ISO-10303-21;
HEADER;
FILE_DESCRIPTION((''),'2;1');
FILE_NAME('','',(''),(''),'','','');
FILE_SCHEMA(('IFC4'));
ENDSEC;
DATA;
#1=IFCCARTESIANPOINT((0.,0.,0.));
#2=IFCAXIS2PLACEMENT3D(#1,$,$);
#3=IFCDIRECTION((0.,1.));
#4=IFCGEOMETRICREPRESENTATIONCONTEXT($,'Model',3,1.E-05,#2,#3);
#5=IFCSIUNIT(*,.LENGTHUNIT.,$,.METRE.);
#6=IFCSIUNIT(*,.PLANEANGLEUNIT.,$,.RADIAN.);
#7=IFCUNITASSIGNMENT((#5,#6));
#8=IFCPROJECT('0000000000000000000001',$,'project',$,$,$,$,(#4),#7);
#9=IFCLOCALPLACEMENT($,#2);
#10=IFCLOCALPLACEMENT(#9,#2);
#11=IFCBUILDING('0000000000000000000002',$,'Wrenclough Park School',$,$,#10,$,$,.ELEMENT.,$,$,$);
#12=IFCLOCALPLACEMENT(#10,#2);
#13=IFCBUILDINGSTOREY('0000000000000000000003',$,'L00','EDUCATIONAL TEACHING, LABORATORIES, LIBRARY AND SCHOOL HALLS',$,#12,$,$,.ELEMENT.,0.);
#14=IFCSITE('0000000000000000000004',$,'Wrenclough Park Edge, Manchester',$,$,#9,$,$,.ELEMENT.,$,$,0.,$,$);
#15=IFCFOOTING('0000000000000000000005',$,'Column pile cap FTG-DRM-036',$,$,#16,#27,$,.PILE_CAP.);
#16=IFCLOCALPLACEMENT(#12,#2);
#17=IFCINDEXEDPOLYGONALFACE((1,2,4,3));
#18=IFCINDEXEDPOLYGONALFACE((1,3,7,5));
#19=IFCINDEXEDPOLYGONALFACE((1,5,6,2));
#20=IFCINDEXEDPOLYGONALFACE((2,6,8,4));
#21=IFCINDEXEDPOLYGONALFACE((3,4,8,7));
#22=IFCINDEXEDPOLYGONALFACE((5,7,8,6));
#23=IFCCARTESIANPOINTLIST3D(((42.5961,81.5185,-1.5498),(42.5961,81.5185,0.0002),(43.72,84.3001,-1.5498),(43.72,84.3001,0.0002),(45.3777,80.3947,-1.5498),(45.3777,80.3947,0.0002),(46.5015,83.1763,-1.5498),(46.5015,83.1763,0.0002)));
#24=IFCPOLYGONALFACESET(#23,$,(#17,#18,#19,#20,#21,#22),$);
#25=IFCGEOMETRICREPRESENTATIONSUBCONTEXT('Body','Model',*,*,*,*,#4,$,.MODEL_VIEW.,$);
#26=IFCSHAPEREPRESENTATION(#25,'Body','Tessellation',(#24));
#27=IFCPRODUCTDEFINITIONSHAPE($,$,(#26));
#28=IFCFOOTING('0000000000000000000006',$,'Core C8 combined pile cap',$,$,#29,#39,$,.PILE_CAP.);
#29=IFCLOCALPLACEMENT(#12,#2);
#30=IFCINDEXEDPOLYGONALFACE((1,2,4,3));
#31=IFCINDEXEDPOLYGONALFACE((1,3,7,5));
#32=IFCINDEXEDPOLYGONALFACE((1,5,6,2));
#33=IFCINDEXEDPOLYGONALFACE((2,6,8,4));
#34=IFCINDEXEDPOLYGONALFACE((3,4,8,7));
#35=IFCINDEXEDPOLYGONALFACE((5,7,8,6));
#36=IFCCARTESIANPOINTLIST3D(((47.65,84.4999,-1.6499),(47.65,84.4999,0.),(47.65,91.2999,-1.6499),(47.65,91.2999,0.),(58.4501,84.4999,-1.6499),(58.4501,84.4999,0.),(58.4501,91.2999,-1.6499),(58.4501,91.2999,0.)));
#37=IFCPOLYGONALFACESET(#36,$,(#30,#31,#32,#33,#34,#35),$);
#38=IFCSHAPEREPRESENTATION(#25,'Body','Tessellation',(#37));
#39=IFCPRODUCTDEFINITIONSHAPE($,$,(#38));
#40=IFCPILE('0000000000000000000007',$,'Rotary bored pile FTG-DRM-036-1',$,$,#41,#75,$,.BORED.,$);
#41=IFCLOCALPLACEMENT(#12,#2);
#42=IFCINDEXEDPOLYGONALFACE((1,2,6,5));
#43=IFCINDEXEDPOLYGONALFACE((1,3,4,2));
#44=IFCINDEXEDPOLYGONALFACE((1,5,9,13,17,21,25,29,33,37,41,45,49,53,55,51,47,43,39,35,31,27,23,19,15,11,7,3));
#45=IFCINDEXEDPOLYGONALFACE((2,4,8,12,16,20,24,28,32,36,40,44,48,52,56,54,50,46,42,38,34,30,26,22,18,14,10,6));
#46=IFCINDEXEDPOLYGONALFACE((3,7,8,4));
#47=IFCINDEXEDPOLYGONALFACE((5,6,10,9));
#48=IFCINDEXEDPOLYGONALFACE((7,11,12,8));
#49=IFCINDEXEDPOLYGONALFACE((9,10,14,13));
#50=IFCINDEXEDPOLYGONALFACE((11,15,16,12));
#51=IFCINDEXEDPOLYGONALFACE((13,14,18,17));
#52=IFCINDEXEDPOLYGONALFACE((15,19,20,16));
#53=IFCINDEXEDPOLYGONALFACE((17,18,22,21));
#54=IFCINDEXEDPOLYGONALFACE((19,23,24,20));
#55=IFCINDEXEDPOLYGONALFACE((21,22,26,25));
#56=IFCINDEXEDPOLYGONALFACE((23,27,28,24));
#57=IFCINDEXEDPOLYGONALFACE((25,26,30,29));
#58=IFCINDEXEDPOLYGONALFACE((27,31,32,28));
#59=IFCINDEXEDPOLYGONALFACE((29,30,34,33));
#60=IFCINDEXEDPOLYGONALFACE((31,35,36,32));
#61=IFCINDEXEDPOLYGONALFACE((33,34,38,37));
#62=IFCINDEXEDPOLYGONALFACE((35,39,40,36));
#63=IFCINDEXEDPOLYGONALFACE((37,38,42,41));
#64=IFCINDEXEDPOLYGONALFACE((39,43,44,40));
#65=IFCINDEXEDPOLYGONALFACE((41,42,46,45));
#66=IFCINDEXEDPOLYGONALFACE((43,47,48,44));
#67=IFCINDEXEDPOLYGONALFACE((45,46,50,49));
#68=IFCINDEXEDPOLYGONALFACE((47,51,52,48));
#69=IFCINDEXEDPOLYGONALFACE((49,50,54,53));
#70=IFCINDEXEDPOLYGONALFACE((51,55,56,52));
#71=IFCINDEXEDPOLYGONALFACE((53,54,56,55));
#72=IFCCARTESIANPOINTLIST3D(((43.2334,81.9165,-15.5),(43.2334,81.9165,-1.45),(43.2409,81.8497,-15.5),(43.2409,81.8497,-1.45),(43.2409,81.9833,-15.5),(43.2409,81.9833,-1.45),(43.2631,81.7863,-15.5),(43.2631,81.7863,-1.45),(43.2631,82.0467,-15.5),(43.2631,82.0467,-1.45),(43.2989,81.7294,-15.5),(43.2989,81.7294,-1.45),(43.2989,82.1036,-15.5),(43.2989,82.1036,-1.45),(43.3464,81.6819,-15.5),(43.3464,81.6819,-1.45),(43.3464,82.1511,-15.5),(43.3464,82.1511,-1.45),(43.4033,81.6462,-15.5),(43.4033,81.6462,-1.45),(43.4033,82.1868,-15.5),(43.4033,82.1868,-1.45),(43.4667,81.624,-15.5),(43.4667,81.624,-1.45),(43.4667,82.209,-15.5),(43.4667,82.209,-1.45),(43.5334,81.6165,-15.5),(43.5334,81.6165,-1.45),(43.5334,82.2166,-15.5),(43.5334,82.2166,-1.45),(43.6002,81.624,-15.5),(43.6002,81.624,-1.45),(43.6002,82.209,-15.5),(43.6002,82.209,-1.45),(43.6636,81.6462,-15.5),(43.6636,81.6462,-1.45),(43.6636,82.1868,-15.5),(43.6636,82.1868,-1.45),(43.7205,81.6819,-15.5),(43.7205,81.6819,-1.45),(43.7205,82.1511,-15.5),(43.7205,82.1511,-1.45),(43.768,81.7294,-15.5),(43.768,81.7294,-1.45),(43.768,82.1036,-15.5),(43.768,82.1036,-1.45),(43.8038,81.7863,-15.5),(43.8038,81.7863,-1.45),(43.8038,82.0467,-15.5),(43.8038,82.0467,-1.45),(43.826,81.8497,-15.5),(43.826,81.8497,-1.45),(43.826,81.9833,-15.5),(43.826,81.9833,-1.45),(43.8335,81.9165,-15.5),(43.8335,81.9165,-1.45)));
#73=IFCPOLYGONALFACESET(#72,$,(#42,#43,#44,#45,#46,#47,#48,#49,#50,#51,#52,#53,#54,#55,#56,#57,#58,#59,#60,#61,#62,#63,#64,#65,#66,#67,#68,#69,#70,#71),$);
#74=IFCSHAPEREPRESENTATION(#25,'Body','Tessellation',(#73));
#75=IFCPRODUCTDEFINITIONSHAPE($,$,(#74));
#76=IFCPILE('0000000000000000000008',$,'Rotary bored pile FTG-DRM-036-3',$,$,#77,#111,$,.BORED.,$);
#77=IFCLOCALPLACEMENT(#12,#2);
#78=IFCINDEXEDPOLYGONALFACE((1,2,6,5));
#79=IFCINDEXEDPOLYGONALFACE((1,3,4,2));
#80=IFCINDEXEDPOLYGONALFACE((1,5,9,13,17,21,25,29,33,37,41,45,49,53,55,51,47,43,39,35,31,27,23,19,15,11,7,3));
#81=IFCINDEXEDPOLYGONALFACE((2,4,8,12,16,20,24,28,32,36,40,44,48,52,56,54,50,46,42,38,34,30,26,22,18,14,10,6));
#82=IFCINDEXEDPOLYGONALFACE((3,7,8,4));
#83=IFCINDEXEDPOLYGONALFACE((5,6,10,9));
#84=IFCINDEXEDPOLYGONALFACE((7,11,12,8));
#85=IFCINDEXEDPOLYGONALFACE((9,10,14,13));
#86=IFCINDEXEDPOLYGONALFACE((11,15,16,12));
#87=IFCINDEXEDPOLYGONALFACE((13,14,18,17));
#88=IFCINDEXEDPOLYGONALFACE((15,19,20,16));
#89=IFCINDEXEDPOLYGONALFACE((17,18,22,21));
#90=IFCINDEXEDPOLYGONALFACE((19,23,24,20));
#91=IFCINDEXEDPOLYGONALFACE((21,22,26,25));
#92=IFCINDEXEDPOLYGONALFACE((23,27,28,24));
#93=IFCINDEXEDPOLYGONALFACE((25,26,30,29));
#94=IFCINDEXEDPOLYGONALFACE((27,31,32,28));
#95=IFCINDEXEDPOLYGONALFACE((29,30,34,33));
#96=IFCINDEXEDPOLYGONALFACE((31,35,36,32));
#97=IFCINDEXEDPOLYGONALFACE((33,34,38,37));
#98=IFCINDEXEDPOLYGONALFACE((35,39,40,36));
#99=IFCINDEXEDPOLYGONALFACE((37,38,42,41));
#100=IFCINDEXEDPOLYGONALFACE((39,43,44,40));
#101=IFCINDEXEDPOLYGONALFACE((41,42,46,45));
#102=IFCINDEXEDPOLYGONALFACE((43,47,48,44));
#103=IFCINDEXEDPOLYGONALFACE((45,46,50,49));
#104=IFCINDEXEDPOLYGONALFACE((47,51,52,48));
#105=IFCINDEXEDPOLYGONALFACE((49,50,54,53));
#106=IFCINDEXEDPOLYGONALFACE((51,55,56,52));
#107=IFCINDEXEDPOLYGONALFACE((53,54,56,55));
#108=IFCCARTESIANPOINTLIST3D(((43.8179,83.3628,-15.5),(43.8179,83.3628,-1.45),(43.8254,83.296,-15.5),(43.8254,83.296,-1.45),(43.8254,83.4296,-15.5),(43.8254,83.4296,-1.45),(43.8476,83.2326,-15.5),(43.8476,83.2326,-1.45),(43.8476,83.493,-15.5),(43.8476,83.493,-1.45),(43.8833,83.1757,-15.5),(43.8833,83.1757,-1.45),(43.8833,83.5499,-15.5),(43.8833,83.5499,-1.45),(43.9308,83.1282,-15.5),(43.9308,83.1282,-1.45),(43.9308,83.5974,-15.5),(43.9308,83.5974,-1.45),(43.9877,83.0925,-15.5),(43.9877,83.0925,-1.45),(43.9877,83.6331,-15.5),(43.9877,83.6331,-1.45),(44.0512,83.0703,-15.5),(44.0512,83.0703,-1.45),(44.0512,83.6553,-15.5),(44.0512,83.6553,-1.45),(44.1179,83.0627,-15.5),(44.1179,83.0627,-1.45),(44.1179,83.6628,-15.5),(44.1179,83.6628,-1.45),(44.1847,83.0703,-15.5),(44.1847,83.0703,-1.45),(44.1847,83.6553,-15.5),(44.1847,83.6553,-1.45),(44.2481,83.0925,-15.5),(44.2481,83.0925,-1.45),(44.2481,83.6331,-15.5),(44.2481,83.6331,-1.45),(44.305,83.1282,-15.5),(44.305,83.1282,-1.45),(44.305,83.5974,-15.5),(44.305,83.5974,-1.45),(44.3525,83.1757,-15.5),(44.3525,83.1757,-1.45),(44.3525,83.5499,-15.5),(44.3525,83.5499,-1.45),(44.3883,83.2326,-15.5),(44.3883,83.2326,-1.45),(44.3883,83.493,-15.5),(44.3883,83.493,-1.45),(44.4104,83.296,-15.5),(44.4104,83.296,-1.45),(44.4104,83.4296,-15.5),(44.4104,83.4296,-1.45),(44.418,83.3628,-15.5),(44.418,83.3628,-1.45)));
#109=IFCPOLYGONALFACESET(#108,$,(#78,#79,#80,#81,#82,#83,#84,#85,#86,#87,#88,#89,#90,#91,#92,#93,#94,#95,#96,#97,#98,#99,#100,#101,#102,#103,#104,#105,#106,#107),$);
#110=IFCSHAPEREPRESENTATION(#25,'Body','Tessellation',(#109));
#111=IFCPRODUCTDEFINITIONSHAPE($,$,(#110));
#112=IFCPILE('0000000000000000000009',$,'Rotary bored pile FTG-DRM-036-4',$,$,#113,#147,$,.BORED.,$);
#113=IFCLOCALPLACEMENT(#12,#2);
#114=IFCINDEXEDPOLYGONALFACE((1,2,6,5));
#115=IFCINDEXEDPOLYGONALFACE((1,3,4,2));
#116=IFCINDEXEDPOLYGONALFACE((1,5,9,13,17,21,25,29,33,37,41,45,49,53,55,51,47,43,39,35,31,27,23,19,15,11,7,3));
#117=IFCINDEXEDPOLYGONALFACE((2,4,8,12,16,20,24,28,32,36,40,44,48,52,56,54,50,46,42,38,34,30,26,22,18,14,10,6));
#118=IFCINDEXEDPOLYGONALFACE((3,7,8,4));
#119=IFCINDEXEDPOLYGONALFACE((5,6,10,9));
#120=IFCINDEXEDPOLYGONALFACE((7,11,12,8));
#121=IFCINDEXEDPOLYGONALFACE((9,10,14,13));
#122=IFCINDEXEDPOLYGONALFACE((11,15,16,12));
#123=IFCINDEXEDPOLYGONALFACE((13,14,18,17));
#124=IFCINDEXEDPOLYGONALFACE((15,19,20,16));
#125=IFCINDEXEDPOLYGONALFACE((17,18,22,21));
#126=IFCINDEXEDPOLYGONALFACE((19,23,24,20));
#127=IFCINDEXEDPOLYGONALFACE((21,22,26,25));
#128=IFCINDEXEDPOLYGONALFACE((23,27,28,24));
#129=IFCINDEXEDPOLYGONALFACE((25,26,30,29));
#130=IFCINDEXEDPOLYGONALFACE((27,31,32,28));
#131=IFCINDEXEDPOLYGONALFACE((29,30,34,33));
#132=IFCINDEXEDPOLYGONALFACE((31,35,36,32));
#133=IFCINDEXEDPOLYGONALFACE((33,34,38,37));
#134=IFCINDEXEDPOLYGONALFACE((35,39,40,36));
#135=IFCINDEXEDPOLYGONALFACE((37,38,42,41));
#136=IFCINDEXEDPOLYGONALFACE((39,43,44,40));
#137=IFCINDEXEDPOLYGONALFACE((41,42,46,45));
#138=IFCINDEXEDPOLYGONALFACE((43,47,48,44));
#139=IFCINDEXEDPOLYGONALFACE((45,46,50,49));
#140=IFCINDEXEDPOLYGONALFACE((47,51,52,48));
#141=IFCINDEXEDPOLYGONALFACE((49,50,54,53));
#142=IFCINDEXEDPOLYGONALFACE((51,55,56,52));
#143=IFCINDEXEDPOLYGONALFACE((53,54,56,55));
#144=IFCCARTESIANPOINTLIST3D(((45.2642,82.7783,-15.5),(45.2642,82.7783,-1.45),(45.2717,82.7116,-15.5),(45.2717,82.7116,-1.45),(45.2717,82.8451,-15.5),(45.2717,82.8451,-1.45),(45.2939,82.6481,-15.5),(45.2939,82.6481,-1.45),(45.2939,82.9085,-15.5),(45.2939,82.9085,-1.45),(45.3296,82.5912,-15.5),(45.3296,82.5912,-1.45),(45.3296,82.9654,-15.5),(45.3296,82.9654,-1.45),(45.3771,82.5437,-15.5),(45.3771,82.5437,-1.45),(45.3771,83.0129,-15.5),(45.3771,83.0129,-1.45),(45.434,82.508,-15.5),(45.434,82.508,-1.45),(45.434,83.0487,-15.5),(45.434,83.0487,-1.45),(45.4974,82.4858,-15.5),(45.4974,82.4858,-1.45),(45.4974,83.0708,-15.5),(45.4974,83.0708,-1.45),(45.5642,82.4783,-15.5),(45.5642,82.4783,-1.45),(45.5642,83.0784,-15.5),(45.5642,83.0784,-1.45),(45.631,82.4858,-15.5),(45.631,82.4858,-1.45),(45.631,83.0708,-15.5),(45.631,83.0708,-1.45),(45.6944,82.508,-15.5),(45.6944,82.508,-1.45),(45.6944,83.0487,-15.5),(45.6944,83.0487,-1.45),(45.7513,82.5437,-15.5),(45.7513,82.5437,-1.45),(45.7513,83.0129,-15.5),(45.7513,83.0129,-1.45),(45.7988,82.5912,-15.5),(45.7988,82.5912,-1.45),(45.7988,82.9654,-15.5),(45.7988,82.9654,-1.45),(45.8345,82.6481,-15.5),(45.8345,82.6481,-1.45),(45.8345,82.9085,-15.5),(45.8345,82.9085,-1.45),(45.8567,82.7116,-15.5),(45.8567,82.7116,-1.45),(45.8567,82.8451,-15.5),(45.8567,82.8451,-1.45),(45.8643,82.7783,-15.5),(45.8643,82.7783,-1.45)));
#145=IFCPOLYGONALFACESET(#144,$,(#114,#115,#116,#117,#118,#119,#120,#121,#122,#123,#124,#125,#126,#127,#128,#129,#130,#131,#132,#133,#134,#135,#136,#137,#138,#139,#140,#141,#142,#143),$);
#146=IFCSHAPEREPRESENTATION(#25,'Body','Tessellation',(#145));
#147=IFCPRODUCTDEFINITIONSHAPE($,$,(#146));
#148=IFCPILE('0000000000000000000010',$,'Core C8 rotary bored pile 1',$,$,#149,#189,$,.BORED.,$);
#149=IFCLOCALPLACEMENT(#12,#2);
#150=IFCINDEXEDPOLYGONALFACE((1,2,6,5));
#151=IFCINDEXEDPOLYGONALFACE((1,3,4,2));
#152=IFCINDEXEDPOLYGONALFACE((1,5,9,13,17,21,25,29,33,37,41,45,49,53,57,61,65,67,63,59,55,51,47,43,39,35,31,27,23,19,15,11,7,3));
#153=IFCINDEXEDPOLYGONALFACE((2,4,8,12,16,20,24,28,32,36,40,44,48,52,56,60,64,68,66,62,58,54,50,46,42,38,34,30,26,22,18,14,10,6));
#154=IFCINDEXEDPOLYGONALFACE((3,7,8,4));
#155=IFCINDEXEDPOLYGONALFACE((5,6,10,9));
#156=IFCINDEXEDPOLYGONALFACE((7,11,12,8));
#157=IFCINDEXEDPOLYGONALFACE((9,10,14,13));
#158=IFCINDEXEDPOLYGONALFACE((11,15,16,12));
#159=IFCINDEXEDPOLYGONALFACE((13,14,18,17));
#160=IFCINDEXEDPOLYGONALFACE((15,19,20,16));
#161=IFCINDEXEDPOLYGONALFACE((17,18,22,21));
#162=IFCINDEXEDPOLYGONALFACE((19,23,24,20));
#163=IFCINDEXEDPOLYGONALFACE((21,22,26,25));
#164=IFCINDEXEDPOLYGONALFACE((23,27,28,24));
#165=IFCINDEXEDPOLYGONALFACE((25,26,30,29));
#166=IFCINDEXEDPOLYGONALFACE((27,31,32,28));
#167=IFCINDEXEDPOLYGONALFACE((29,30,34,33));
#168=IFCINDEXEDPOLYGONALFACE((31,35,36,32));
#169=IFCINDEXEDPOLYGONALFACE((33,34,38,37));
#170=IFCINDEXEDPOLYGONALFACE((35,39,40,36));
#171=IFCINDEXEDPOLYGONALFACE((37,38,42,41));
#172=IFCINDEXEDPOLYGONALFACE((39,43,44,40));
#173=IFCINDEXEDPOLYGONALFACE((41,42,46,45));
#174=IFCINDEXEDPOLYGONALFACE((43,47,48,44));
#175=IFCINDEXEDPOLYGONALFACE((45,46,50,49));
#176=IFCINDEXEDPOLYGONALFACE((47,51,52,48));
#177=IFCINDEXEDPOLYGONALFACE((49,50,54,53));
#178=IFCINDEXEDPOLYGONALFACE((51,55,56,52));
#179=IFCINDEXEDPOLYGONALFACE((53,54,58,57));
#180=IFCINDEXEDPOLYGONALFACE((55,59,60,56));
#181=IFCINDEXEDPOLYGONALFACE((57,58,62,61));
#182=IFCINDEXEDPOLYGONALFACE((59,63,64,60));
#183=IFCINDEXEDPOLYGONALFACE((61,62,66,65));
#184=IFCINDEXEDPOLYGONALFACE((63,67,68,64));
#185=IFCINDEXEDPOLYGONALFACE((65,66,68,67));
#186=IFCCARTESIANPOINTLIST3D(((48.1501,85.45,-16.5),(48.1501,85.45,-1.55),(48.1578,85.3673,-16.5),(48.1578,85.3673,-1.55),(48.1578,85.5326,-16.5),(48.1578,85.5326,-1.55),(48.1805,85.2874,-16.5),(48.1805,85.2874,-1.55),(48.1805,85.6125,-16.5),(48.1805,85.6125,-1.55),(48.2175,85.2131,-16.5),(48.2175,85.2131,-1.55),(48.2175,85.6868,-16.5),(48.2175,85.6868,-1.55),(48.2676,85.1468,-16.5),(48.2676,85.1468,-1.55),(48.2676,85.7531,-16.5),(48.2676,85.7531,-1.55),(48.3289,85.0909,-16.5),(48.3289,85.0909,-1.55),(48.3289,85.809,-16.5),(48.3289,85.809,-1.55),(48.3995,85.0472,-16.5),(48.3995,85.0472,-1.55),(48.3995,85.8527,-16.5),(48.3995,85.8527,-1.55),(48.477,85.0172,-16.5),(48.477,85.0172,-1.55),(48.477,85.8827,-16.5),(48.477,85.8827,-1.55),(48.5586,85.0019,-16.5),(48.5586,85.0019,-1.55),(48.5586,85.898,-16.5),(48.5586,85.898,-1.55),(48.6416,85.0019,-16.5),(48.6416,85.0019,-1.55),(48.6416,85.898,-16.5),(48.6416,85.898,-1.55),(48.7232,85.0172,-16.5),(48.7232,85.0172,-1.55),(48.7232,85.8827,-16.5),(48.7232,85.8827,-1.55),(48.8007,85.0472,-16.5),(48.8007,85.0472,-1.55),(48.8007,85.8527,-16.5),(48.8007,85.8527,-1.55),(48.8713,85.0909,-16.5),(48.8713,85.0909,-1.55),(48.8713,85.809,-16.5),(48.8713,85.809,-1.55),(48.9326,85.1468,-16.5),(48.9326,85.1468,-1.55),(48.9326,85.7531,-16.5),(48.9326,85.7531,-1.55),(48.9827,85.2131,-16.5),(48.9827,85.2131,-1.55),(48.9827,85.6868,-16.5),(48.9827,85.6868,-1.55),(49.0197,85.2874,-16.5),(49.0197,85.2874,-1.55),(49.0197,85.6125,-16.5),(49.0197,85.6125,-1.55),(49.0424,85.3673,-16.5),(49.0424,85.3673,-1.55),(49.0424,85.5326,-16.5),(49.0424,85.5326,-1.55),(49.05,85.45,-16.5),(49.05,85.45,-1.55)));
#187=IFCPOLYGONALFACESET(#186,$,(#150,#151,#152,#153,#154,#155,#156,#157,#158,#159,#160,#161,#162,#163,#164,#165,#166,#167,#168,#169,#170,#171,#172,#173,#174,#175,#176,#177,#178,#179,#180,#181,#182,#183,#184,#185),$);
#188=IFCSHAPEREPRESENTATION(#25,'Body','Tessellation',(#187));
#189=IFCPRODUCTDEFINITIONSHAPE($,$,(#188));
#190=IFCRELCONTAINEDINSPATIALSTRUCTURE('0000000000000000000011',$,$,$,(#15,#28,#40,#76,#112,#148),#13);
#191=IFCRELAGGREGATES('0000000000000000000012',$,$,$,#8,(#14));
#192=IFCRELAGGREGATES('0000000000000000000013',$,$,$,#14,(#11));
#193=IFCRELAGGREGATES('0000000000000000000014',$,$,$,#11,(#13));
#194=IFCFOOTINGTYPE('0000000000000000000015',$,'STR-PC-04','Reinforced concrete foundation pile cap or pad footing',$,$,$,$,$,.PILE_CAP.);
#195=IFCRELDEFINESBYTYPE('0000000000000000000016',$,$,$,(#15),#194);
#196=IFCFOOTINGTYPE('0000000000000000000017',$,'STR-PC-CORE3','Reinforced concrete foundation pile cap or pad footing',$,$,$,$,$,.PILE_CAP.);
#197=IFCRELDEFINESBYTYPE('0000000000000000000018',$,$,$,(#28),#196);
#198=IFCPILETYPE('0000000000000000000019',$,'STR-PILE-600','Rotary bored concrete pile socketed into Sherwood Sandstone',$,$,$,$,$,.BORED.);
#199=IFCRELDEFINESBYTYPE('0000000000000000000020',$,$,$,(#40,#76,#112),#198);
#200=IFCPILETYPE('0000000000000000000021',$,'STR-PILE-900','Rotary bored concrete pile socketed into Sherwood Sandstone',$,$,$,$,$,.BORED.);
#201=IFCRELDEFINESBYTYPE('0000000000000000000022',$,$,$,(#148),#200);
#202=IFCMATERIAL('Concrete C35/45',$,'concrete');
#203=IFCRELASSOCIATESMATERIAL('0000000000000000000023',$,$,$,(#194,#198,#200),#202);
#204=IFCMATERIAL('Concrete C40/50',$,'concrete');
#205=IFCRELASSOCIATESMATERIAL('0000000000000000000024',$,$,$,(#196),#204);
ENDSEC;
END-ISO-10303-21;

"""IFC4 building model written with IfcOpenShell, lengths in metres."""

from ifc_helpers import new_model, si_unit, direction, frame, origin, origin_2d, place, context, subcontext, project, spatial, rectangle, circle, extrude, material, material_profile, profile_set, type_object, element, save


model = new_model("IFC4")

# Units and contexts
model_context = context("Model", 3, precision=1e-05, world=origin(), true_north=direction((0.0, 1.0)))
body_context = subcontext(model_context, "Body", "Model", "MODEL_VIEW")
ifc_project = project(units=[si_unit("LENGTHUNIT", "METRE"), si_unit("PLANEANGLEUNIT", "RADIAN")], contexts=[model_context])

# Site, building, storey
site_placement = place(None, origin())
site = spatial("IfcSite", under=ifc_project, at=site_placement, Name="Wrenclough Park Edge, Manchester", CompositionType="ELEMENT", RefElevation=0.0)
building_placement = place(site_placement, origin())
building = spatial("IfcBuilding", under=site, at=building_placement, Name="Wrenclough Park School", CompositionType="ELEMENT")
storey_placement = place(building_placement, origin())
storey = spatial("IfcBuildingStorey", under=building, at=storey_placement, Name="L00", Description="EDUCATIONAL TEACHING, LABORATORIES, LIBRARY AND SCHOOL HALLS", CompositionType="ELEMENT", Elevation=0.0)

# Footings
ifc_material_1 = material(Name="Concrete C35/45", Category="concrete")
footing_type_1 = type_object("IfcFootingType", Name="STR-PC-04", Description="Reinforced concrete foundation pile cap or pad footing", PredefinedType="PILE_CAP", material=ifc_material_1)
footing_1_placement = place(storey_placement, frame((44.5488, 82.3474, -1.5498), z_axis=(0.0, 0.0, 1.0), x_axis=(0.927184, -0.374607, 0.0)))
element("IfcFooting", 1, at=footing_1_placement, inside=storey, type_object=footing_type_1, Name="Column pile cap FTG-DRM-036", PredefinedType="PILE_CAP", context=body_context, shape_type="SweptSolid", body=[
    extrude(rectangle(XDim=3.0, YDim=3.0, at=origin_2d()), origin(), (0.0, 0.0, 1.0), 1.55),
])
ifc_material_2 = material(Name="Concrete C40/50", Category="concrete")
footing_type_2 = type_object("IfcFootingType", Name="STR-PC-CORE3", Description="Reinforced concrete foundation pile cap or pad footing", PredefinedType="PILE_CAP", material=ifc_material_2)
footing_2_placement = place(storey_placement, frame((53.05, 87.8999, -1.6499), z_axis=(0.0, 0.0, 1.0), x_axis=(1.0, 0.0, 0.0)))
element("IfcFooting", 2, at=footing_2_placement, inside=storey, type_object=footing_type_2, Name="Core C8 combined pile cap", PredefinedType="PILE_CAP", context=body_context, shape_type="SweptSolid", body=[
    extrude(rectangle(XDim=10.8, YDim=6.8, at=origin_2d()), origin(), (0.0, 0.0, 1.0), 1.6499),
])

# Piles
ifc_material_profile_1 = material_profile(ifc_material_1, circle(Radius=0.3, at=origin_2d()), Name="BORED PILE D600")
ifc_profile_set_1 = profile_set([ifc_material_profile_1], Name="Concrete C35/45")
pile_type_1 = type_object("IfcPileType", Name="STR-PILE-600", Description="Rotary bored concrete pile socketed into Sherwood Sandstone", PredefinedType="BORED", material=ifc_profile_set_1)
for number, where, z_axis, x_axis, name in (
    (3, (43.5334, 81.9165, -1.45), (0.0, 0.0, -1.0), (1.0, 0.0, 0.0), "Rotary bored pile FTG-DRM-036-1"),
    (4, (44.1179, 83.3628, -1.45), (0.0, 0.0, -1.0), (1.0, 0.0, 0.0), "Rotary bored pile FTG-DRM-036-3"),
    (5, (45.5642, 82.7783, -1.45), (0.0, 0.0, -1.0), (1.0, 0.0, 0.0), "Rotary bored pile FTG-DRM-036-4"),
):
    element("IfcPile", number, at=place(storey_placement, frame(where, z_axis=z_axis, x_axis=x_axis)), inside=storey, type_object=pile_type_1, Name=name, PredefinedType="BORED", context=body_context, shape_type="SweptSolid", body=[
        extrude(circle(Radius=0.3, at=origin_2d()), origin(), (0.0, 0.0, 1.0), 14.05),
    ])
ifc_material_profile_2 = material_profile(ifc_material_1, circle(Radius=0.45, at=origin_2d()), Name="BORED PILE D900")
ifc_profile_set_2 = profile_set([ifc_material_profile_2], Name="Concrete C35/45")
pile_type_2 = type_object("IfcPileType", Name="STR-PILE-900", Description="Rotary bored concrete pile socketed into Sherwood Sandstone", PredefinedType="BORED", material=ifc_profile_set_2)
for number, where, z_axis, x_axis, name in (
    (6, (48.6001, 85.45, -1.55), (0.0, 0.0, -1.0), (1.0, 0.0, 0.0), "Core C8 rotary bored pile 1"),
):
    element("IfcPile", number, at=place(storey_placement, frame(where, z_axis=z_axis, x_axis=x_axis)), inside=storey, type_object=pile_type_2, Name=name, PredefinedType="BORED", context=body_context, shape_type="SweptSolid", body=[
        extrude(circle(Radius=0.45, at=origin_2d()), origin(), (0.0, 0.0, 1.0), 14.95),
    ])

save(model, "model.ifc")
